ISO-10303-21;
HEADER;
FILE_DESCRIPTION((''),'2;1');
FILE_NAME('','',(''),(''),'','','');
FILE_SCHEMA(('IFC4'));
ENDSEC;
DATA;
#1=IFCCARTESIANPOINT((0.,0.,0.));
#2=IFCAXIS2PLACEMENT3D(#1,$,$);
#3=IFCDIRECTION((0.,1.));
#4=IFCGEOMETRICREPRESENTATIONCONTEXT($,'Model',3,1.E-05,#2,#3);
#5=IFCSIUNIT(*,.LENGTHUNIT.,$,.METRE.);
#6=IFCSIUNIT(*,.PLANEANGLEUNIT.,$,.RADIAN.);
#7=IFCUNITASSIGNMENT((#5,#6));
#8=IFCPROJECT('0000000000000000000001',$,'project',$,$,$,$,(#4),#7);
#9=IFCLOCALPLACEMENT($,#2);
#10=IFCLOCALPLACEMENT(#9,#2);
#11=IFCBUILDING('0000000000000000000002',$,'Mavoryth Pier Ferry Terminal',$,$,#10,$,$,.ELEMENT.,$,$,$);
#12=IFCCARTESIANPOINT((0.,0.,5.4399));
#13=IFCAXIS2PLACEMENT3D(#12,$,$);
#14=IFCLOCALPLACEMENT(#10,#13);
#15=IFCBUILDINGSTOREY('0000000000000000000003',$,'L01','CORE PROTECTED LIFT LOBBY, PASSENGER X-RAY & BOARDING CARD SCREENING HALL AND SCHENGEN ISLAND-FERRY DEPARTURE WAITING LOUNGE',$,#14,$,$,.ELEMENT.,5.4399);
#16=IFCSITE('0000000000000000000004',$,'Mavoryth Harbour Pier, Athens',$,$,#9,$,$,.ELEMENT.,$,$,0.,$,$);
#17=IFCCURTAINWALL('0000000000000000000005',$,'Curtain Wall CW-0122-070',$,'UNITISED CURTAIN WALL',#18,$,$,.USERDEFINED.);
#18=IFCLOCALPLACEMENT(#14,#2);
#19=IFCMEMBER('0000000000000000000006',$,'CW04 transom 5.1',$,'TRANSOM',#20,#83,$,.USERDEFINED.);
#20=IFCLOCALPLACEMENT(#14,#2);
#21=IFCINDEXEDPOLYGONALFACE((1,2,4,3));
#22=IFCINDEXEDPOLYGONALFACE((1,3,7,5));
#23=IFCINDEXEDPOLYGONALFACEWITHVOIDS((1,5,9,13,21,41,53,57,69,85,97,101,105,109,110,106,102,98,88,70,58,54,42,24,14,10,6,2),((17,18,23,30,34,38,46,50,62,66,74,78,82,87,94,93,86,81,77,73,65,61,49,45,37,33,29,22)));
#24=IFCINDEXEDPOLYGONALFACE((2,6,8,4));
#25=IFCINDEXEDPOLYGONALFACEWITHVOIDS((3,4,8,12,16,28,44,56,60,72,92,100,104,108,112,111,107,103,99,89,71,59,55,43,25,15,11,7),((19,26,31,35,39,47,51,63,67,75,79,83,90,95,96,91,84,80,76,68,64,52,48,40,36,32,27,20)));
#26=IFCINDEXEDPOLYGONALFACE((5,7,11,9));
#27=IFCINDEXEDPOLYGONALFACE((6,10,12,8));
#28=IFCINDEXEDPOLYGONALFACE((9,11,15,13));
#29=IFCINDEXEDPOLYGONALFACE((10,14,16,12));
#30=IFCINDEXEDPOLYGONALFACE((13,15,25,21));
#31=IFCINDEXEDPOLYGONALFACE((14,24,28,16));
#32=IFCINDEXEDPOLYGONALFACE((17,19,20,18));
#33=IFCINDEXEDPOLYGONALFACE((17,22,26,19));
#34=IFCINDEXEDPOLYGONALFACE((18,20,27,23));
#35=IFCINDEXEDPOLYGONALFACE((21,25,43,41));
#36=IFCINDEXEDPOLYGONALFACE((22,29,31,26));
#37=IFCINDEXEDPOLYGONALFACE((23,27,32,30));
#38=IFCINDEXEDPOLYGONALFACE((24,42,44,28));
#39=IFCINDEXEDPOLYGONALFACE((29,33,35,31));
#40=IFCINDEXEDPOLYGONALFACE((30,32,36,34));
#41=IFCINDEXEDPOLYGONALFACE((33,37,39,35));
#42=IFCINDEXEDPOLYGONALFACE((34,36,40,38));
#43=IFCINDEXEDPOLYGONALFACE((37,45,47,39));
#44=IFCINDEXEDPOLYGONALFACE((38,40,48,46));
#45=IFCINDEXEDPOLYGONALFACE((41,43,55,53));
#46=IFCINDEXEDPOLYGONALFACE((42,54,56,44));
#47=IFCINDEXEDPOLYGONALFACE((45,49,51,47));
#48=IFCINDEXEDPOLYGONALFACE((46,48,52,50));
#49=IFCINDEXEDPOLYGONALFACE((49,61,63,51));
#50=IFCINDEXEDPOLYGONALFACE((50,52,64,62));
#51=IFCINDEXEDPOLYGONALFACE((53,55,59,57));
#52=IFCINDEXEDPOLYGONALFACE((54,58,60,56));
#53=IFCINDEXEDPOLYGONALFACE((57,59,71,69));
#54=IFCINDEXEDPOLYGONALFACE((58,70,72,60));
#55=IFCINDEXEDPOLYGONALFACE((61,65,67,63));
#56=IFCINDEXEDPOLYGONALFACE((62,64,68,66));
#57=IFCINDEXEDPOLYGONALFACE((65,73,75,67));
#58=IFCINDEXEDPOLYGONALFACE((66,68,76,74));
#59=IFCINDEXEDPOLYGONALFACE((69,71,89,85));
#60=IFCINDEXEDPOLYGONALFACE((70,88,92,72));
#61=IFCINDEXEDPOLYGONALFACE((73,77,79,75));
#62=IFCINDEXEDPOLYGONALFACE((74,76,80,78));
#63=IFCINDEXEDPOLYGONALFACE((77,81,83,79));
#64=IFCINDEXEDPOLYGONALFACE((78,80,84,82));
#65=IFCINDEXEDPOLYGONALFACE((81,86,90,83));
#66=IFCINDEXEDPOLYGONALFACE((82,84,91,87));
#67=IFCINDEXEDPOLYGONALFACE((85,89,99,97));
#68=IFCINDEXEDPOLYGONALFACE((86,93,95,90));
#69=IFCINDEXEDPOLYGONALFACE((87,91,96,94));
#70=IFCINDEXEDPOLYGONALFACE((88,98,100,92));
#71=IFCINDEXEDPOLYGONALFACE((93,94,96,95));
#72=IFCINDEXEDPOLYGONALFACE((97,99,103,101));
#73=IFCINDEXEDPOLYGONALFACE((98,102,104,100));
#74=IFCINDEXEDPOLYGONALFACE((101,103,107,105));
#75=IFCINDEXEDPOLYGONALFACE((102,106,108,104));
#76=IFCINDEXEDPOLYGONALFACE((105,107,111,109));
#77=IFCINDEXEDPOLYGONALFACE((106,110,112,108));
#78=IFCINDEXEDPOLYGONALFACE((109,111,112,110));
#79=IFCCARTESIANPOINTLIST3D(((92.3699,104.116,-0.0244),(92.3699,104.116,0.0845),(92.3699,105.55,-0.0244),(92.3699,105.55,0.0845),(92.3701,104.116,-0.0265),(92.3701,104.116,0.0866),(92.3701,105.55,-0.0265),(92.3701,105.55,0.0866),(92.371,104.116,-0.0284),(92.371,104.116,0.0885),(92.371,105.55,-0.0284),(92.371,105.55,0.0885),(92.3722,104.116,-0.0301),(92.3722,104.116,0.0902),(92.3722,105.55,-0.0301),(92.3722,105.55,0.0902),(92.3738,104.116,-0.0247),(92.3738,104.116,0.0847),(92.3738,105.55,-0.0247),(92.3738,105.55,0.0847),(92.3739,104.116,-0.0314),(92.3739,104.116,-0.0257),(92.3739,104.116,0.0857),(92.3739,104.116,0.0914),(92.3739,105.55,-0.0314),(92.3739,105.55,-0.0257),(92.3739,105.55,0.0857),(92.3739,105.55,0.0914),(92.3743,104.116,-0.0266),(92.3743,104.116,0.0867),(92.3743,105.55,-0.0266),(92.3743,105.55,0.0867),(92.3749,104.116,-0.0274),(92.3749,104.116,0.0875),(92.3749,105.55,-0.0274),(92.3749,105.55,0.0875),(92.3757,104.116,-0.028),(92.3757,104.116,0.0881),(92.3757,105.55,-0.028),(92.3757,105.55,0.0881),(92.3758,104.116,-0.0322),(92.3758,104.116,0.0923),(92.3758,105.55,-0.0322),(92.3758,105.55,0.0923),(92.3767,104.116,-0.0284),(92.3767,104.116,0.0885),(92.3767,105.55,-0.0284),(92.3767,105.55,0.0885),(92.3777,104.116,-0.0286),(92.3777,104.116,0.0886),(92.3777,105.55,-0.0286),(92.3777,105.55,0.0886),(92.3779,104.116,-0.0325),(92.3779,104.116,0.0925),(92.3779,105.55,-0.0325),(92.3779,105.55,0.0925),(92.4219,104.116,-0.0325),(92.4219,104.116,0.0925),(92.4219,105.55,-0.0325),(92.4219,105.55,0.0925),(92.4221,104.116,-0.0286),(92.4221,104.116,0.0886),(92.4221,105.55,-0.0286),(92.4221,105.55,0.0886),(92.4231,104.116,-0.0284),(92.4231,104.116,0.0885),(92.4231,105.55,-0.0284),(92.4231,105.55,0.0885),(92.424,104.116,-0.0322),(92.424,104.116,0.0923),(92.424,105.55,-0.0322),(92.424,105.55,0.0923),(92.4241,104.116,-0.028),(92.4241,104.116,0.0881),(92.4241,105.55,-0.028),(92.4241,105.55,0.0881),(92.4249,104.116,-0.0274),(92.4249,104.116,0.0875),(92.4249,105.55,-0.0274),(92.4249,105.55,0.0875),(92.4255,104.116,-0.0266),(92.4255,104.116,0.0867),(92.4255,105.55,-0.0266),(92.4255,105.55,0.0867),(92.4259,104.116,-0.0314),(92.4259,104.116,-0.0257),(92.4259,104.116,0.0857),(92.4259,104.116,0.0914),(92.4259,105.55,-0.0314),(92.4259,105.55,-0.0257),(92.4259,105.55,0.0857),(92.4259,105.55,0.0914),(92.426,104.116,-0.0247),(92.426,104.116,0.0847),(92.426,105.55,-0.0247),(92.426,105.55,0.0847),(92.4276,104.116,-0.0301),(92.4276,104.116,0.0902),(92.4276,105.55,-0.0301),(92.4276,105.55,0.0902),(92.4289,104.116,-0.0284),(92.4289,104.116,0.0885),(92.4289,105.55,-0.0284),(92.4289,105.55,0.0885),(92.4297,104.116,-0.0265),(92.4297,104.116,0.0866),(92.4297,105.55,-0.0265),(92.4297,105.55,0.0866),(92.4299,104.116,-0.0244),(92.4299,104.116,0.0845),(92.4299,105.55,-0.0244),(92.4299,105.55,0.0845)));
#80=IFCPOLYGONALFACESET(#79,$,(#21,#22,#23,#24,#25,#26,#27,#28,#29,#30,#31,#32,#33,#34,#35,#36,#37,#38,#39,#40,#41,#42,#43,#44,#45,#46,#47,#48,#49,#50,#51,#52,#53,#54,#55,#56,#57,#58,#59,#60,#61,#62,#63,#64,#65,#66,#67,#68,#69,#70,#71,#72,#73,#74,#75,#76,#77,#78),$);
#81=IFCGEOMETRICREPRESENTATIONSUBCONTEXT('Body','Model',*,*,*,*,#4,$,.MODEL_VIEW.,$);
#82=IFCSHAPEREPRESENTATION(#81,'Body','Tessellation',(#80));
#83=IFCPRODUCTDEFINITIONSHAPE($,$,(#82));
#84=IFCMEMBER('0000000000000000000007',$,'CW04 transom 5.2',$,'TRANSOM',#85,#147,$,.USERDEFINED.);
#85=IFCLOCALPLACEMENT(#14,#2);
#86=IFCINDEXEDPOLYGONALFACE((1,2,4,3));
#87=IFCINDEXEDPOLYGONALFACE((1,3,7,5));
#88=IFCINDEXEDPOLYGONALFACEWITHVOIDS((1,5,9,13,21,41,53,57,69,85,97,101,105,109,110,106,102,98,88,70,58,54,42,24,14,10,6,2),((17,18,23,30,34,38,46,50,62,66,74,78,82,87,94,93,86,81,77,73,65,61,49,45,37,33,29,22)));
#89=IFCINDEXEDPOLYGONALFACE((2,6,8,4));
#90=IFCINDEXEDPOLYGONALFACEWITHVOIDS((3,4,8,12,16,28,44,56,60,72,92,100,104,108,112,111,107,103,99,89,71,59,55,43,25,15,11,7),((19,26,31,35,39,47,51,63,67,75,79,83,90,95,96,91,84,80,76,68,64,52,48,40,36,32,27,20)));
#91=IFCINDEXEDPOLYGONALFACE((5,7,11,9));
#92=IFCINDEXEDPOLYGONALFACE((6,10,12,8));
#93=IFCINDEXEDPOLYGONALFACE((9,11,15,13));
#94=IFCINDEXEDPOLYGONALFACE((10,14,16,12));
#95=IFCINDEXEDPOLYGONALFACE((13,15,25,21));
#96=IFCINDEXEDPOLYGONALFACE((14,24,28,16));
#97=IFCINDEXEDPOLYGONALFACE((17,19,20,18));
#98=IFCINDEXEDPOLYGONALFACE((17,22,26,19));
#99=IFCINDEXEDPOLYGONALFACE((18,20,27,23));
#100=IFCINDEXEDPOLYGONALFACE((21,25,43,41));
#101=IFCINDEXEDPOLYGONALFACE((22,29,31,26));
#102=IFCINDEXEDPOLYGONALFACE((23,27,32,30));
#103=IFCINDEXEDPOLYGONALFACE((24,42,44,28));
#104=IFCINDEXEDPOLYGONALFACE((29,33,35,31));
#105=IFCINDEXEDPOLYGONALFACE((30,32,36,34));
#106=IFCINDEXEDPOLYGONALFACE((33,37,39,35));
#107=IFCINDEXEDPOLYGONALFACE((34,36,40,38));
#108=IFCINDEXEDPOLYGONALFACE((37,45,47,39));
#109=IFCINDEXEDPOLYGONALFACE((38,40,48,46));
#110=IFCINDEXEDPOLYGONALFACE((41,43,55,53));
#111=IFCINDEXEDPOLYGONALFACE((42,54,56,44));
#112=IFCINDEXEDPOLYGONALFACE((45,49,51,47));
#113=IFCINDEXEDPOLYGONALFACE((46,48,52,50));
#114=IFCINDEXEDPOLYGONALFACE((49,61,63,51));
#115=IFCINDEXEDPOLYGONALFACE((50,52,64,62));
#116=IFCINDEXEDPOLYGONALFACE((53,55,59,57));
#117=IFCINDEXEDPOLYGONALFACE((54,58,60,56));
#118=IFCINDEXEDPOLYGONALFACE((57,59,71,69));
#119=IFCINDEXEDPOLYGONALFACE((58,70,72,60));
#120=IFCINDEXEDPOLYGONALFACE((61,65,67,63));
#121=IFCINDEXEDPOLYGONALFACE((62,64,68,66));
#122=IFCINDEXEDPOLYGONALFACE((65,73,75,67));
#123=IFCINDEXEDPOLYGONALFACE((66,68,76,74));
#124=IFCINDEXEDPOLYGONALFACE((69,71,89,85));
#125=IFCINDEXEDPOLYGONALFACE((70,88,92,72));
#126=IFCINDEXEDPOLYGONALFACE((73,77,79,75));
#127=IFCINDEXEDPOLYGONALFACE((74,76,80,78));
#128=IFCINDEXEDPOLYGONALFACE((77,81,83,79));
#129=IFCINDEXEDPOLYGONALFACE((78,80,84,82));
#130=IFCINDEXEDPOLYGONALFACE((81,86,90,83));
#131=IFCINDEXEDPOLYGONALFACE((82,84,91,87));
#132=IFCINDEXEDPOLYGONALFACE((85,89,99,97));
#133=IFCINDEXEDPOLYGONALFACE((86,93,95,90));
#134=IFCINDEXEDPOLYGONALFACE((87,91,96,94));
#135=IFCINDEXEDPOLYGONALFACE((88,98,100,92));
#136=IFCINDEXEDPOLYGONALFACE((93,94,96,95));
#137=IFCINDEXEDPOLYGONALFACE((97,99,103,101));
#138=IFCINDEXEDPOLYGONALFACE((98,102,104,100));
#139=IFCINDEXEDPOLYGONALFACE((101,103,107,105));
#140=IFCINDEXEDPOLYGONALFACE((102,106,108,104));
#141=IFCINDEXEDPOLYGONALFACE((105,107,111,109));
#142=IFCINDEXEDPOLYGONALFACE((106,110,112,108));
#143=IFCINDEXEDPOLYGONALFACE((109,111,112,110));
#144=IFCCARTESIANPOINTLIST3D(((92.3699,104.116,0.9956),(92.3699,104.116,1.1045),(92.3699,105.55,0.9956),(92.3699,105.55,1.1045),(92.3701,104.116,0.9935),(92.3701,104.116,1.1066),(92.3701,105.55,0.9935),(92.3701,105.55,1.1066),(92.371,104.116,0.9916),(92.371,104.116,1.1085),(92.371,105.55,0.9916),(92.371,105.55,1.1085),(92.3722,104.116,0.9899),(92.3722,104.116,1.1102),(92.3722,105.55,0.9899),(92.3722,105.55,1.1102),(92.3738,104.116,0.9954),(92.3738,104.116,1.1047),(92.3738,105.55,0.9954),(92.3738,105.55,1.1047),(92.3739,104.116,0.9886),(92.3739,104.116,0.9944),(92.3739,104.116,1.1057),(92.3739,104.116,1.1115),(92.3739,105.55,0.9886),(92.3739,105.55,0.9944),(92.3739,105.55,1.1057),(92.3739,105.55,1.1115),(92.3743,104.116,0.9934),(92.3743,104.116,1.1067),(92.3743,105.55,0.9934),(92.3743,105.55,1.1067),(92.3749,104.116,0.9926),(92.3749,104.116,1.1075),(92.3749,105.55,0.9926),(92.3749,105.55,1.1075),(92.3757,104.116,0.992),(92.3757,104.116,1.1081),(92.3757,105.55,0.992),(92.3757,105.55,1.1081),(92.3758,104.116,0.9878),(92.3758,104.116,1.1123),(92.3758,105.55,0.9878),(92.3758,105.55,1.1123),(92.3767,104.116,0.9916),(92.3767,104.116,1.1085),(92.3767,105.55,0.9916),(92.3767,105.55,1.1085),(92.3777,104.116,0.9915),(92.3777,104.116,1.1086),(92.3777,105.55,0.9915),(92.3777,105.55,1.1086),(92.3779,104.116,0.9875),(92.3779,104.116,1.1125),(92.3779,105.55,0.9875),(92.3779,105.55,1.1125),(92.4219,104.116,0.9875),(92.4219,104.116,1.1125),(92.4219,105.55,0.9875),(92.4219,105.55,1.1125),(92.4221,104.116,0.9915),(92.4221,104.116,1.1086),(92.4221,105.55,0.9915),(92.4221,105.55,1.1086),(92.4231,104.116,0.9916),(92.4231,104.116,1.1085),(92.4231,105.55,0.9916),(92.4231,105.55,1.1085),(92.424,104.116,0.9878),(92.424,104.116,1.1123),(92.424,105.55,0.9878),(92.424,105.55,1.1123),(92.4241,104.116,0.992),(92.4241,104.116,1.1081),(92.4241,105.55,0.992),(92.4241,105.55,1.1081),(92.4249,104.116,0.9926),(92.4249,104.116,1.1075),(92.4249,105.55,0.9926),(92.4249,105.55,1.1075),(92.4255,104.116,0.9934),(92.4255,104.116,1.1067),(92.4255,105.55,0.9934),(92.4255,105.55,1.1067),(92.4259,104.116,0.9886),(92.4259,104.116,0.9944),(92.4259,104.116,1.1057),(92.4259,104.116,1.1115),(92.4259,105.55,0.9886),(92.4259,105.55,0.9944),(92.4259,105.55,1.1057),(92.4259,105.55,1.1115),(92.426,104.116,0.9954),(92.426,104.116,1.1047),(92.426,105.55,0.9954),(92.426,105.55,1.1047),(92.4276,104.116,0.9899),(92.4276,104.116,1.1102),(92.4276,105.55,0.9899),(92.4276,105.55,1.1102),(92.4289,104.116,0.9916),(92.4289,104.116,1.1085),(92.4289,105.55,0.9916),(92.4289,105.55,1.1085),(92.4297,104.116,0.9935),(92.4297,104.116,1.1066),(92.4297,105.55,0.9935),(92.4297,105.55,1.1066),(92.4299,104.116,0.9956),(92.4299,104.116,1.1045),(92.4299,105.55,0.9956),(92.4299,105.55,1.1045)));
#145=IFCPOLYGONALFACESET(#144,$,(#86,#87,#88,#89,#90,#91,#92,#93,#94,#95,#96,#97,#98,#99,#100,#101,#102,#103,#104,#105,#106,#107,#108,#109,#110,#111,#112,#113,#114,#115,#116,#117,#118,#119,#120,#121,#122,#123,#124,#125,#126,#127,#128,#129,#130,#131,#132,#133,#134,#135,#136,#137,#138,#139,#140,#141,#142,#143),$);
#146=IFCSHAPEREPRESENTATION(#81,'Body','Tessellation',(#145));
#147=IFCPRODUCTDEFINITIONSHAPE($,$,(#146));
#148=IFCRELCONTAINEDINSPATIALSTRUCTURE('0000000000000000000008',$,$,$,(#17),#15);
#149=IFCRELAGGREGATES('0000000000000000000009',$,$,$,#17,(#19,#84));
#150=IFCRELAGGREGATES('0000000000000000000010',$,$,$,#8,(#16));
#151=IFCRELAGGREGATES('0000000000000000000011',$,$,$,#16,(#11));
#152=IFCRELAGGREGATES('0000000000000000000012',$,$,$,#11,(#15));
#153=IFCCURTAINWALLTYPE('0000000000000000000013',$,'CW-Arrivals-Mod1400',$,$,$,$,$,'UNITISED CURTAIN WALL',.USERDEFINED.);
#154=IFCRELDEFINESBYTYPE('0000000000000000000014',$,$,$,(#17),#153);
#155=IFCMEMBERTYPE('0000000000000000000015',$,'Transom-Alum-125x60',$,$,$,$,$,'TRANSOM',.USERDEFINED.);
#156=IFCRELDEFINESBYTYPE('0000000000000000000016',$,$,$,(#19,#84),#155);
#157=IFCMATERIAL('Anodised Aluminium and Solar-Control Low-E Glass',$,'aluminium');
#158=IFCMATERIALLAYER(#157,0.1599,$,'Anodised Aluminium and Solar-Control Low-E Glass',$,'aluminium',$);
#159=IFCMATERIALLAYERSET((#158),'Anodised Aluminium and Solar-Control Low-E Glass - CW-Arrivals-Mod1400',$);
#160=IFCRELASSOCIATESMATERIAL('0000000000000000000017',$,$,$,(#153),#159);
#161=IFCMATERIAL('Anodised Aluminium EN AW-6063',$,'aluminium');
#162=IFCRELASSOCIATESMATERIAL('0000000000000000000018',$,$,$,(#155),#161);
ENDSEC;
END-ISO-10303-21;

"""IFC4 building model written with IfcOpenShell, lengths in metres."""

from ifc_helpers import new_model, si_unit, direction, frame, origin, origin_2d, place, context, subcontext, project, spatial, hollow_rectangle, extrude, material, layer, layer_set, material_profile, profile_set, type_object, element, aggregate, save


model = new_model("IFC4")

# Units and contexts
model_context = context("Model", 3, precision=1e-05, world=origin(), true_north=direction((0.0, 1.0)))
body_context = subcontext(model_context, "Body", "Model", "MODEL_VIEW")
ifc_project = project(units=[si_unit("LENGTHUNIT", "METRE"), si_unit("PLANEANGLEUNIT", "RADIAN")], contexts=[model_context])

# Site, building, storey
site_placement = place(None, origin())
site = spatial("IfcSite", under=ifc_project, at=site_placement, Name="Mavoryth Harbour Pier, Athens", CompositionType="ELEMENT", RefElevation=0.0)
building_placement = place(site_placement, origin())
building = spatial("IfcBuilding", under=site, at=building_placement, Name="Mavoryth Pier Ferry Terminal", CompositionType="ELEMENT")
storey_placement = place(building_placement, frame((0.0, 0.0, 5.4399)))
storey = spatial("IfcBuildingStorey", under=building, at=storey_placement, Name="L01", Description="CORE PROTECTED LIFT LOBBY, PASSENGER X-RAY & BOARDING CARD SCREENING HALL AND SCHENGEN ISLAND-FERRY DEPARTURE WAITING LOUNGE", CompositionType="ELEMENT", Elevation=5.4399)

# Shared definitions
ifc_material_1 = material(Name="Anodised Aluminium and Solar-Control Low-E Glass", Category="aluminium")
ifc_layer_1 = layer(ifc_material_1, 0.1599, Name="Anodised Aluminium and Solar-Control Low-E Glass", Category="aluminium")
ifc_layer_set_1 = layer_set([ifc_layer_1], Name="Anodised Aluminium and Solar-Control Low-E Glass - CW-Arrivals-Mod1400")
curtain_wall_type_1 = type_object("IfcCurtainWallType", Name="CW-Arrivals-Mod1400", ElementType="UNITISED CURTAIN WALL", PredefinedType="USERDEFINED", material=ifc_layer_set_1)
ifc_material_2 = material(Name="Anodised Aluminium EN AW-6063", Category="aluminium")

# Curtain wall
curtain_wall_1_placement = place(storey_placement, origin())
curtain_wall_1 = element("IfcCurtainWall", 1, at=curtain_wall_1_placement, inside=storey, type_object=curtain_wall_type_1, Name="Curtain Wall CW-0122-070", ObjectType="UNITISED CURTAIN WALL", PredefinedType="USERDEFINED")

# Members
ifc_material_profile_1 = material_profile(ifc_material_2, hollow_rectangle(XDim=0.0601, YDim=0.125, WallThickness=0.0039, InnerFilletRadius=0.0039, OuterFilletRadius=0.0081, at=origin_2d()), Name="AL-TRAN 125x60x4", Category="aluminium")
ifc_profile_set_1 = profile_set([ifc_material_profile_1], Name="Anodised Aluminium EN AW-6063 - AL-TRAN 125x60x4")
member_type_1 = type_object("IfcMemberType", Name="Transom-Alum-125x60", ElementType="TRANSOM", PredefinedType="USERDEFINED", material=ifc_profile_set_1)
member_1_placement = place(storey_placement, frame((92.3999, 104.116, 0.03), z_axis=(0.0, 1.0, 0.0), x_axis=(-1.0, 0.0, 0.0)))
member_1 = element("IfcMember", 2, at=member_1_placement, type_object=member_type_1, Name="CW04 transom 5.1", ObjectType="TRANSOM", PredefinedType="USERDEFINED", context=body_context, shape_type="SweptSolid", body=[
    extrude(hollow_rectangle(XDim=0.0601, YDim=0.125, WallThickness=0.0039, InnerFilletRadius=0.0039, OuterFilletRadius=0.0081, at=origin_2d()), origin(), (0.0, 0.0, 1.0), 1.4341),
])
member_2_placement = place(storey_placement, frame((92.3999, 104.116, 1.05), z_axis=(0.0, 1.0, 0.0), x_axis=(-1.0, 0.0, 0.0)))
member_2 = element("IfcMember", 3, at=member_2_placement, type_object=member_type_1, Name="CW04 transom 5.2", ObjectType="TRANSOM", PredefinedType="USERDEFINED", context=body_context, shape_type="SweptSolid", body=[
    extrude(hollow_rectangle(XDim=0.0601, YDim=0.125, WallThickness=0.0039, InnerFilletRadius=0.0039, OuterFilletRadius=0.0081, at=origin_2d()), origin(), (0.0, 0.0, 1.0), 1.4341),
])

aggregate(curtain_wall_1, [member_1, member_2])

save(model, "model.ifc")
